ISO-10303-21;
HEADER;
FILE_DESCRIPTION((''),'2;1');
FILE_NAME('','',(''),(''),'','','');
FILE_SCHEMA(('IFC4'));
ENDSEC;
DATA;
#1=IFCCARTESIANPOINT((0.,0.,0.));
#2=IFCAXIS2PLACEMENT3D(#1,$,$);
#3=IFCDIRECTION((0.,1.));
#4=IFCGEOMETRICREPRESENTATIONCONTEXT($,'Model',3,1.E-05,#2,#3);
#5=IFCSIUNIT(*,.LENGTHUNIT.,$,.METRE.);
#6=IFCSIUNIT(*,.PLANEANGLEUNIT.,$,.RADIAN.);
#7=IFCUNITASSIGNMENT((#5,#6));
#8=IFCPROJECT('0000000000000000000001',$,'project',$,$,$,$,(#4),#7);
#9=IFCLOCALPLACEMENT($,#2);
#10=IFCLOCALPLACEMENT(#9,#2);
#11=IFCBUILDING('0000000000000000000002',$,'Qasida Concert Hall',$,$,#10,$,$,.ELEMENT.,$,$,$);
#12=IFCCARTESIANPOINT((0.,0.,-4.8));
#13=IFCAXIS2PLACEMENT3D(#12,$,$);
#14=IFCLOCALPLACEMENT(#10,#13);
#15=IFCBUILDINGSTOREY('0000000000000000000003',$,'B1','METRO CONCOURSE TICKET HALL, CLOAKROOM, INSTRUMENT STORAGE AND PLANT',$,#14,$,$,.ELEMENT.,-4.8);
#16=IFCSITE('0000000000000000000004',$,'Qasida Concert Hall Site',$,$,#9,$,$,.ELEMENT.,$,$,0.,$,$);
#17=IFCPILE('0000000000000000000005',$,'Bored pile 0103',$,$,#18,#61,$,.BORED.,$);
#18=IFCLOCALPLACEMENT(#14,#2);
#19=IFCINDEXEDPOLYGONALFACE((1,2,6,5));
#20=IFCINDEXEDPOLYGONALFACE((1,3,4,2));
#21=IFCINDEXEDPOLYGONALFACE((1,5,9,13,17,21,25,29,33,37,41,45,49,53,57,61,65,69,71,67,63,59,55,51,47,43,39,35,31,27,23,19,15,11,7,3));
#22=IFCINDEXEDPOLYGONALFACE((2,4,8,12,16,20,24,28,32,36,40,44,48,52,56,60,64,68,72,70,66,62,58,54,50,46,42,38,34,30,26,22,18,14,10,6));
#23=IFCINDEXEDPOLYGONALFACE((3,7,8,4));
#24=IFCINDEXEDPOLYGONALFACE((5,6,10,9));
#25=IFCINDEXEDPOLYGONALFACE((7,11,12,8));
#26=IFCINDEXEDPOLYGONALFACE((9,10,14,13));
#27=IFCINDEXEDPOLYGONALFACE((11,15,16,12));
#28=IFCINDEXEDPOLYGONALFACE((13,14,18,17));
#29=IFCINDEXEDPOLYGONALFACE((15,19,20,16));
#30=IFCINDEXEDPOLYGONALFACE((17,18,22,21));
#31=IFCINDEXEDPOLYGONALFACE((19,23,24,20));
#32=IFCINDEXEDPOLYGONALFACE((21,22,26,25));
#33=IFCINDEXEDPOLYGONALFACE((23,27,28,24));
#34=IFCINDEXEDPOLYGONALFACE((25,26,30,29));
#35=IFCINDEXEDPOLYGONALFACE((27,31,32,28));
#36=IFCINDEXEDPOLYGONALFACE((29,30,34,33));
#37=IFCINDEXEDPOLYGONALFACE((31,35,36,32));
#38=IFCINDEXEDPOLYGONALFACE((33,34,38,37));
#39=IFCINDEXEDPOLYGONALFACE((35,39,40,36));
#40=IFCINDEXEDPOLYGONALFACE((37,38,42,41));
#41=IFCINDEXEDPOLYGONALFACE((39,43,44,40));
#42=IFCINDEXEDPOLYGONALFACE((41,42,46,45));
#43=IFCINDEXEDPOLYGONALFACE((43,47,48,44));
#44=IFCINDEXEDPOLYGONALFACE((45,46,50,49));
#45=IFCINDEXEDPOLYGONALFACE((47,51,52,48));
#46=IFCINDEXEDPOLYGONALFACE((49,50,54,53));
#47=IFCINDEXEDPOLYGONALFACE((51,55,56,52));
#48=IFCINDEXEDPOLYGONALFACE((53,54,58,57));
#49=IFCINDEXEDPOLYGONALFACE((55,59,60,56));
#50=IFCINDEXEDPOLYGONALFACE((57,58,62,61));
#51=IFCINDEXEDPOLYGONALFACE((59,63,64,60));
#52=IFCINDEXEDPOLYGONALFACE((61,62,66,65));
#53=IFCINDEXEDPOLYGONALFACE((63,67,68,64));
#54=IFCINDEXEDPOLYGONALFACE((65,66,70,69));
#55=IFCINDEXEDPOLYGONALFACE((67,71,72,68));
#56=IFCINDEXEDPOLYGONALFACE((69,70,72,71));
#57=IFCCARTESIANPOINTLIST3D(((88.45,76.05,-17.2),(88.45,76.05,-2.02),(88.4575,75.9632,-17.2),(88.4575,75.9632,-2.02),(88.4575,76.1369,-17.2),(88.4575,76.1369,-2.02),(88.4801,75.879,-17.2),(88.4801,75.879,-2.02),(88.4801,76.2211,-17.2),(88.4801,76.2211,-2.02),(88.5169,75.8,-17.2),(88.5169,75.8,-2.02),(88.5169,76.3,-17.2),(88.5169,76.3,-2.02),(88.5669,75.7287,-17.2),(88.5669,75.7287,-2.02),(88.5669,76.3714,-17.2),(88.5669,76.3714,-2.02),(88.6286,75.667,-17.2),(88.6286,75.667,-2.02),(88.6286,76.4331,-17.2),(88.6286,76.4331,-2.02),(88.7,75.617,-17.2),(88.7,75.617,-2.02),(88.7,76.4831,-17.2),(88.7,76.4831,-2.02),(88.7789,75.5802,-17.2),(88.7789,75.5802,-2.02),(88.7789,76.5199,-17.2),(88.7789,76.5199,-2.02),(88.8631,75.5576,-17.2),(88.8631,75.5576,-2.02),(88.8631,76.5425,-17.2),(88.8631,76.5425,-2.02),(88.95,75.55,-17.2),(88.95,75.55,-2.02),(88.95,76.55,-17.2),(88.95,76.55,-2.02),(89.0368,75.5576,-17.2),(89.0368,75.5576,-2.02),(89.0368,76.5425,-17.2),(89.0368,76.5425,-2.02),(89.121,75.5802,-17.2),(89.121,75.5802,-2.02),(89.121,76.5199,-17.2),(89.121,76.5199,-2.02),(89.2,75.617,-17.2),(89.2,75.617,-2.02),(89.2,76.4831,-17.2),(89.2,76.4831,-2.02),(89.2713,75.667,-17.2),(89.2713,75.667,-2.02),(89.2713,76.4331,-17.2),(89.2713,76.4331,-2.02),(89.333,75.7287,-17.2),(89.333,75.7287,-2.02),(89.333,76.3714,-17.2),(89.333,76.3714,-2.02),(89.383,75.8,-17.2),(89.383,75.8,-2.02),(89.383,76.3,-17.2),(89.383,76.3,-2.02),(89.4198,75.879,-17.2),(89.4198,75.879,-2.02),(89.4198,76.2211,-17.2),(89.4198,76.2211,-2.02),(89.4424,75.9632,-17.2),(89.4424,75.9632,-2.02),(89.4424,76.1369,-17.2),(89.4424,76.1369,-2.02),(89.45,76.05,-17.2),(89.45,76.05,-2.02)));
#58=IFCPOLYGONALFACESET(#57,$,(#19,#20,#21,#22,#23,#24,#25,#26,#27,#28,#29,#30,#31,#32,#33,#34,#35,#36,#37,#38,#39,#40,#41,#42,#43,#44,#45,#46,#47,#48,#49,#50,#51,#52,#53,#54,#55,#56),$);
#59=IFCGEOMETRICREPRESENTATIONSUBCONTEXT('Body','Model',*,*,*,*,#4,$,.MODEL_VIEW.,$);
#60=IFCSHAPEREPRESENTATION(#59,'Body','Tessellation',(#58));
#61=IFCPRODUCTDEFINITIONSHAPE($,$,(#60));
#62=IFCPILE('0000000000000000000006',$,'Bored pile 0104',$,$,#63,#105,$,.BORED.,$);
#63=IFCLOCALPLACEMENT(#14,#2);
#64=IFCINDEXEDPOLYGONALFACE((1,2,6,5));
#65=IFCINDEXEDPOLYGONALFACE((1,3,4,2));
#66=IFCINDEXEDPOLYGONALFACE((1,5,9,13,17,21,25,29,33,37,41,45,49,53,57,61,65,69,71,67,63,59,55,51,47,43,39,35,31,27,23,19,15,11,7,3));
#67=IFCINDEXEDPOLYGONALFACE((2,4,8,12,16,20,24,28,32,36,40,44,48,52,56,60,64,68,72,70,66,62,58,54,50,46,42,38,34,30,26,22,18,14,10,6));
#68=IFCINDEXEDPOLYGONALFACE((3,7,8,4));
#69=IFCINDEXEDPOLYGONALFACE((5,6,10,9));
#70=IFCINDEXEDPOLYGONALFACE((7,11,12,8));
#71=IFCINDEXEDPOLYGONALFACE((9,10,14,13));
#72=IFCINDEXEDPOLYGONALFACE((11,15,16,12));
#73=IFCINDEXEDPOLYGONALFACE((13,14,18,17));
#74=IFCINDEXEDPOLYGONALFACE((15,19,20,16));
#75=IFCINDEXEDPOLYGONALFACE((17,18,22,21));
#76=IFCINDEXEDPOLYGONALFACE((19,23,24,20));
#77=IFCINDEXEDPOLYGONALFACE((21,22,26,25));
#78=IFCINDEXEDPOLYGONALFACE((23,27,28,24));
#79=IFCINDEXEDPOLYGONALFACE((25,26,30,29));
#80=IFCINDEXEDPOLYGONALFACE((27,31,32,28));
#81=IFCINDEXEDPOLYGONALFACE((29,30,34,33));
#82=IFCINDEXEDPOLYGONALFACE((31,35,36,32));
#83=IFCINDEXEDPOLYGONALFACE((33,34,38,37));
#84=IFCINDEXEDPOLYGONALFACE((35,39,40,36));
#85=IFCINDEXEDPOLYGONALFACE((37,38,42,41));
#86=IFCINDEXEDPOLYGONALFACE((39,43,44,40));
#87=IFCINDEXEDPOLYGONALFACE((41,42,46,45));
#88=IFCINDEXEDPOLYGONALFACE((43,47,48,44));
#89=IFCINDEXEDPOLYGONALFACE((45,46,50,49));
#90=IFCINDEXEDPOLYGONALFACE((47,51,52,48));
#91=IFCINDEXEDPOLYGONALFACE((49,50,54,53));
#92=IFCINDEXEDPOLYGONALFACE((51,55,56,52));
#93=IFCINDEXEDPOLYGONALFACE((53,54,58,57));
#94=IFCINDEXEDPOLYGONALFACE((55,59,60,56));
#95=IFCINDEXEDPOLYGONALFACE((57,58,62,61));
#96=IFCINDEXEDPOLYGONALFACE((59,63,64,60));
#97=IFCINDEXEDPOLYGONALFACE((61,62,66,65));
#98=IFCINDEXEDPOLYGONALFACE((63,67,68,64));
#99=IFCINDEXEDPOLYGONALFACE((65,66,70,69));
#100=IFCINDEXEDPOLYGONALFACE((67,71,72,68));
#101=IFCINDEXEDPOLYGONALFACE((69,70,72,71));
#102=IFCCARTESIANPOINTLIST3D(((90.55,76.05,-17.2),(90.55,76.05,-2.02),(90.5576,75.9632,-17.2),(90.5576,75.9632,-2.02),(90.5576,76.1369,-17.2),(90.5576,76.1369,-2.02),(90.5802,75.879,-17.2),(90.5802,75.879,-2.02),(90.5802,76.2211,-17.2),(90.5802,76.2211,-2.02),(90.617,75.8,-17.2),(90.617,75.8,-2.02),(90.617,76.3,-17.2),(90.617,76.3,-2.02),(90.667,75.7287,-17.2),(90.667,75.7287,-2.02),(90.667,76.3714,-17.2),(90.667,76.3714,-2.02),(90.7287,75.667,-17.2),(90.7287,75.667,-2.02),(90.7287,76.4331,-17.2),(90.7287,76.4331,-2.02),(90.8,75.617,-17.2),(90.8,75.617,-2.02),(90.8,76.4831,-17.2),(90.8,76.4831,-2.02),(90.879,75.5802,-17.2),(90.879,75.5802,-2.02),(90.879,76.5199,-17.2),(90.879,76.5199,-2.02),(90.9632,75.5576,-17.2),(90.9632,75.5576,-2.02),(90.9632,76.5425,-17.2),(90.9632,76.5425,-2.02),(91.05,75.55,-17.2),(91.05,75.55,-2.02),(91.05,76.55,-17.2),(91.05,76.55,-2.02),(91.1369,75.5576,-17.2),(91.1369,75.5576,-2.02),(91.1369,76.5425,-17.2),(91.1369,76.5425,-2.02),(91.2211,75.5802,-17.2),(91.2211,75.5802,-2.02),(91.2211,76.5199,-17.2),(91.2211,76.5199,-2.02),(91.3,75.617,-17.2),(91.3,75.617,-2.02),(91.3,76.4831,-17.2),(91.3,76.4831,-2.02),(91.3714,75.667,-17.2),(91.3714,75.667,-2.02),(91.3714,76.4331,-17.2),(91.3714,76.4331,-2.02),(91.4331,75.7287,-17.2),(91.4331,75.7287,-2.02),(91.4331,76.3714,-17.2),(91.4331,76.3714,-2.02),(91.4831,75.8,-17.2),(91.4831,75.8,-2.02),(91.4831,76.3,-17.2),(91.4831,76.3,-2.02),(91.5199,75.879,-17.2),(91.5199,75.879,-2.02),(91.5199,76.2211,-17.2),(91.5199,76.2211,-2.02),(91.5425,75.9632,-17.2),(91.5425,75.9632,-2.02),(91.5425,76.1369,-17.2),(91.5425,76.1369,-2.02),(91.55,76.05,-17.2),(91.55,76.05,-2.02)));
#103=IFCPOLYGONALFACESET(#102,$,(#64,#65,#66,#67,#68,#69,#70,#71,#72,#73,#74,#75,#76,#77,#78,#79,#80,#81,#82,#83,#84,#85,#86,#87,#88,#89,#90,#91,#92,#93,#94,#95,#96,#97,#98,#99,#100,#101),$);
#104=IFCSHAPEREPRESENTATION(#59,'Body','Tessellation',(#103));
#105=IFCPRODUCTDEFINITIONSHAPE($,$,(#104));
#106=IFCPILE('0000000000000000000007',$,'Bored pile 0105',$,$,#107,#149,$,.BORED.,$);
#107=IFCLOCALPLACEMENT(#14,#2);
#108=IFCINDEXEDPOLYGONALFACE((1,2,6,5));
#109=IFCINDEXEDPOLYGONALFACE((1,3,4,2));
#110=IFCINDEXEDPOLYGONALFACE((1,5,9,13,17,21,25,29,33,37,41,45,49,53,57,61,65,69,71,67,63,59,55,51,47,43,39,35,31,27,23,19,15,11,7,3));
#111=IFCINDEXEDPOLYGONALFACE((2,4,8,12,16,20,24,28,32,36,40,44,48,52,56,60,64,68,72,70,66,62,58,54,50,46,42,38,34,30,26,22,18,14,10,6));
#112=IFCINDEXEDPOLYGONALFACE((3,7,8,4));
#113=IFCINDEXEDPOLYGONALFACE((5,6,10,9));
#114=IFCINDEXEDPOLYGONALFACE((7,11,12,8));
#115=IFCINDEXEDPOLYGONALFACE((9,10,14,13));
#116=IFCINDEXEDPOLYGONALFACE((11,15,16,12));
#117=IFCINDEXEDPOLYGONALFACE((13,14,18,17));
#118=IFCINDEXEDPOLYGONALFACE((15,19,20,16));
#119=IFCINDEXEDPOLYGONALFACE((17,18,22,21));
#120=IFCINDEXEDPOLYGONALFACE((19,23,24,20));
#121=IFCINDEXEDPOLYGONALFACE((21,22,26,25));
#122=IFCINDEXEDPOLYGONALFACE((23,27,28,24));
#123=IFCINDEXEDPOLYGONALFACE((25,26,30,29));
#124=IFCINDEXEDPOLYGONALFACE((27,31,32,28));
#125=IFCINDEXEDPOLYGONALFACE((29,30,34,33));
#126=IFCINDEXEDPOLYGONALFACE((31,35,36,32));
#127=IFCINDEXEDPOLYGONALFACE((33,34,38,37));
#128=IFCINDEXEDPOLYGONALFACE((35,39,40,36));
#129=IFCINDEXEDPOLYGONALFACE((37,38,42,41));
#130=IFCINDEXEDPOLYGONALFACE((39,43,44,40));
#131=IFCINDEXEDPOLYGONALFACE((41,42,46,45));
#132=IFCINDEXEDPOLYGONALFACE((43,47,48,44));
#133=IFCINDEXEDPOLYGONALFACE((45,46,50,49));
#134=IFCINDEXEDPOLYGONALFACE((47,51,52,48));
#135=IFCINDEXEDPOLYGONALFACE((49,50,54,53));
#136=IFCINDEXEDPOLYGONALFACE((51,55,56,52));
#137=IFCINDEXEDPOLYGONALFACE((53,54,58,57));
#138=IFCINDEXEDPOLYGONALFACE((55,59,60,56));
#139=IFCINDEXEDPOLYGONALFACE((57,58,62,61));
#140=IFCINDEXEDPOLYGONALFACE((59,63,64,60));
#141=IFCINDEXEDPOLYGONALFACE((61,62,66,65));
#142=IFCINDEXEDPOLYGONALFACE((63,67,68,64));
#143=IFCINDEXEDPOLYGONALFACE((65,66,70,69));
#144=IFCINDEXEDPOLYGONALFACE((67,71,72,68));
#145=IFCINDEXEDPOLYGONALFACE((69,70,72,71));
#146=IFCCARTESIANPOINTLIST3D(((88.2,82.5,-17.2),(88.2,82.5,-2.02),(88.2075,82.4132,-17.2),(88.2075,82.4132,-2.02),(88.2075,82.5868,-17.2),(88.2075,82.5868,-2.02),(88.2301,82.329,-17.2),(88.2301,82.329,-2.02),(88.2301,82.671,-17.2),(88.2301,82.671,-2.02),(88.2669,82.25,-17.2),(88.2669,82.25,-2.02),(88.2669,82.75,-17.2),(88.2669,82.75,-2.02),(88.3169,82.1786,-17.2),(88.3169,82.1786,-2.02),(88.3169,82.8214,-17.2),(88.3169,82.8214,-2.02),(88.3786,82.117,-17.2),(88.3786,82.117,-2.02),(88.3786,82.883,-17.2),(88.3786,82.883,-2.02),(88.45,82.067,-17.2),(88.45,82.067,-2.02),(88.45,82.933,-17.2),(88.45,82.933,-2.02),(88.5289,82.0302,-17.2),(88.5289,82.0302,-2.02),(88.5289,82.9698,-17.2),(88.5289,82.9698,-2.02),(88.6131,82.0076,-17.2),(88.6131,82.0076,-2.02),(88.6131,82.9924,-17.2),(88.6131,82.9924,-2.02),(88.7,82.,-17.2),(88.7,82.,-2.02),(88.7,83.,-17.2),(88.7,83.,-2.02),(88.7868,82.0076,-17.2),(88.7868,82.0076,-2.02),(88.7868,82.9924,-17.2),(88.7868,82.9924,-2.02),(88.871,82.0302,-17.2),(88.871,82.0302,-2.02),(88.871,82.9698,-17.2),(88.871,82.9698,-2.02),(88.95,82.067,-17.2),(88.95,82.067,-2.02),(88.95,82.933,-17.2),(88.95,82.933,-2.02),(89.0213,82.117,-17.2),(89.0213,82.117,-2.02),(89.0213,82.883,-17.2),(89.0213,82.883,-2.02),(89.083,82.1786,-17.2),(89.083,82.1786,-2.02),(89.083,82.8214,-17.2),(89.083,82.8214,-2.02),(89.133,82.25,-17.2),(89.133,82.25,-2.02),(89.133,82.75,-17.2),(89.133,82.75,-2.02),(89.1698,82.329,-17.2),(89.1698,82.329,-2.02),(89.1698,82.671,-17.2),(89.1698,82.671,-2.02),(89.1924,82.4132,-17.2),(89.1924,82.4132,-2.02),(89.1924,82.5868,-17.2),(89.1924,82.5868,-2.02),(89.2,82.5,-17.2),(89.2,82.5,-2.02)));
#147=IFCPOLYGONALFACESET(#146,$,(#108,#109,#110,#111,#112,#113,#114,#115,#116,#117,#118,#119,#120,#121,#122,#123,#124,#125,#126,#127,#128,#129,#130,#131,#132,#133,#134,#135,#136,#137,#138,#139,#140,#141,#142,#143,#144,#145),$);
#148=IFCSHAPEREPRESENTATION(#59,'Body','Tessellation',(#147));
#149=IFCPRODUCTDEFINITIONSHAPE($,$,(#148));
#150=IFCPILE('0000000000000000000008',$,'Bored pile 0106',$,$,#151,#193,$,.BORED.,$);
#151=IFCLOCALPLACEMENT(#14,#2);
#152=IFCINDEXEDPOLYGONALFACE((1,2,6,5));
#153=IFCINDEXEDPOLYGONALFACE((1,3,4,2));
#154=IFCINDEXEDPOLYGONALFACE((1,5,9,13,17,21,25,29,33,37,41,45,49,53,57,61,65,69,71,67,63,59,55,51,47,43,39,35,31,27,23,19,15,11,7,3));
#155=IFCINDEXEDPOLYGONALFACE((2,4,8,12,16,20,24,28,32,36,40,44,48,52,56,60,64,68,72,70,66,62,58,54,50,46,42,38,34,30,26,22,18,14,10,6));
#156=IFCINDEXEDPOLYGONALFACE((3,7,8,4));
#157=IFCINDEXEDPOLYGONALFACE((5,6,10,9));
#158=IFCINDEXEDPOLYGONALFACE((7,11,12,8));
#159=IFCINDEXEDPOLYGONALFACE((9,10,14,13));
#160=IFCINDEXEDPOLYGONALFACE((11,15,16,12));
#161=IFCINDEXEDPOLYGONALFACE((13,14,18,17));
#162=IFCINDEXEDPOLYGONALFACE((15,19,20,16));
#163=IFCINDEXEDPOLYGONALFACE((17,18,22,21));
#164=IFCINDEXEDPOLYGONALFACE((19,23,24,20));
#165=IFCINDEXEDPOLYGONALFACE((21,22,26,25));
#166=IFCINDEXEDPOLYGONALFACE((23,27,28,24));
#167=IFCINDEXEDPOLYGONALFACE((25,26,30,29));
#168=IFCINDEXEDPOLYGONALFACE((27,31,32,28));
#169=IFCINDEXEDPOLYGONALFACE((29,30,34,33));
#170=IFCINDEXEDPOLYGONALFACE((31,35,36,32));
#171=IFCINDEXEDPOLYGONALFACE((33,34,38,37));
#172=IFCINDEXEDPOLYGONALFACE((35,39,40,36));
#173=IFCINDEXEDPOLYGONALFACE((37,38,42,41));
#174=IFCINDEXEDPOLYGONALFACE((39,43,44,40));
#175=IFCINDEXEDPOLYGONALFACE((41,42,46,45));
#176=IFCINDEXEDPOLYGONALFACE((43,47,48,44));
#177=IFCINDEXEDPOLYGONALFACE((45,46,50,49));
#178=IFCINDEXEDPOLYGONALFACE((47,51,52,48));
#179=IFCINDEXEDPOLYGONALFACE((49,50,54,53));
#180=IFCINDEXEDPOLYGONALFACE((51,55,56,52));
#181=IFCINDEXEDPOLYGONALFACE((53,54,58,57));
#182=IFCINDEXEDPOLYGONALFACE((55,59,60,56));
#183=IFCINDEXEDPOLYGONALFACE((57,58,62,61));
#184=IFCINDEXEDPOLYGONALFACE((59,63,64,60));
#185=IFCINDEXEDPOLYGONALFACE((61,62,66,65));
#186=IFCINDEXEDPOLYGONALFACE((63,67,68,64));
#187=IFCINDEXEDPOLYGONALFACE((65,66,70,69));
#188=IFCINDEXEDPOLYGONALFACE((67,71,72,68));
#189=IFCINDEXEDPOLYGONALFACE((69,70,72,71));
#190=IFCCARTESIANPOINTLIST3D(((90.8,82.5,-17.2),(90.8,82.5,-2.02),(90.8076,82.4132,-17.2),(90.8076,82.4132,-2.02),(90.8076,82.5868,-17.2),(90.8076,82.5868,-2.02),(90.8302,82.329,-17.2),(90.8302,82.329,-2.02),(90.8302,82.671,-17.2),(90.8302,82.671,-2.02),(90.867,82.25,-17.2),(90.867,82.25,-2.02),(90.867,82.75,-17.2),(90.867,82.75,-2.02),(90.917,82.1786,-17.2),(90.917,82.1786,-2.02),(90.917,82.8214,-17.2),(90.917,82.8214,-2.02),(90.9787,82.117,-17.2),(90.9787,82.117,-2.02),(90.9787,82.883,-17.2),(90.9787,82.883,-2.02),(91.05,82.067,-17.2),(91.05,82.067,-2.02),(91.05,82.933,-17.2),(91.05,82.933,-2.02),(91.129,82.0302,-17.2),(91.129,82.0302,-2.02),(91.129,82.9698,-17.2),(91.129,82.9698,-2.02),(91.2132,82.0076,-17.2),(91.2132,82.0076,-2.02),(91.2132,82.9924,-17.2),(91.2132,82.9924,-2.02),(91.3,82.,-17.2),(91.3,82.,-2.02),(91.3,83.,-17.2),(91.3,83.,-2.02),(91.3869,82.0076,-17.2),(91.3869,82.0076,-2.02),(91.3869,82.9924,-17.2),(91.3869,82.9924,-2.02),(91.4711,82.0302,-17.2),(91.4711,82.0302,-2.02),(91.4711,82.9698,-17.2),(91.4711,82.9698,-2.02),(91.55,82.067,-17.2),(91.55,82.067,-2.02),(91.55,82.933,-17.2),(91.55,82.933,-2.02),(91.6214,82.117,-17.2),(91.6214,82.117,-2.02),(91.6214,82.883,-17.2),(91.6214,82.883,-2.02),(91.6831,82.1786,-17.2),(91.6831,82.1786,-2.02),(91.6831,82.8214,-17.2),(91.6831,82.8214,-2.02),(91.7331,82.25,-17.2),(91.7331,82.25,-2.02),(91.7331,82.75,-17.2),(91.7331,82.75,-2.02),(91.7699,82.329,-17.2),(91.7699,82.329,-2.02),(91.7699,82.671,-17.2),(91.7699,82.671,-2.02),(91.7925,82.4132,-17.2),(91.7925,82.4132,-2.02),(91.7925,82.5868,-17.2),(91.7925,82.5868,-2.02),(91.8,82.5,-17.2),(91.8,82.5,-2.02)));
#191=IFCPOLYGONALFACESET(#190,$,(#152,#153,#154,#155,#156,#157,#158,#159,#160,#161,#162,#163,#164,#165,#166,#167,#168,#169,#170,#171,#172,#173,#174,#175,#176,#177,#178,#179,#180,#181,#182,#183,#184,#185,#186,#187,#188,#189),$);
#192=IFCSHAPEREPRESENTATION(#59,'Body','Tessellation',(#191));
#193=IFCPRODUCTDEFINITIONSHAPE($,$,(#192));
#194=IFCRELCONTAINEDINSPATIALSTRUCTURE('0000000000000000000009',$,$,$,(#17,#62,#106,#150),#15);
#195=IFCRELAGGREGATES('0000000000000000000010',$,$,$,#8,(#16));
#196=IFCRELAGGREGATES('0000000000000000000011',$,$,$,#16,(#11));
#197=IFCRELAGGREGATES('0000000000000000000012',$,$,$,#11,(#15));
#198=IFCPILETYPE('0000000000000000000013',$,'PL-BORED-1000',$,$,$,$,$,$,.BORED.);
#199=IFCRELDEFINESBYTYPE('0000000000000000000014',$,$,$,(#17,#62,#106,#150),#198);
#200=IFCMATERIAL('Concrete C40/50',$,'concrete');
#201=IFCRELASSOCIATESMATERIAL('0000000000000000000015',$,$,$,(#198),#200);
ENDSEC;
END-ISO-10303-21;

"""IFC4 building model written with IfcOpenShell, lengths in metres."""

from ifc_helpers import new_model, si_unit, direction, frame, origin, origin_2d, place, context, subcontext, project, spatial, circle, extrude, material, material_profile, profile_set, type_object, element, save


model = new_model("IFC4")

# Units and contexts
model_context = context("Model", 3, precision=1e-05, world=origin(), true_north=direction((0.0, 1.0)))
body_context = subcontext(model_context, "Body", "Model", "MODEL_VIEW")
ifc_project = project(units=[si_unit("LENGTHUNIT", "METRE"), si_unit("PLANEANGLEUNIT", "RADIAN")], contexts=[model_context])

# Site, building, storey
site_placement = place(None, origin())
site = spatial("IfcSite", under=ifc_project, at=site_placement, Name="Qasida Concert Hall Site", CompositionType="ELEMENT", RefElevation=0.0)
building_placement = place(site_placement, origin())
building = spatial("IfcBuilding", under=site, at=building_placement, Name="Qasida Concert Hall", CompositionType="ELEMENT")
storey_placement = place(building_placement, frame((0.0, 0.0, -4.8)))
storey = spatial("IfcBuildingStorey", under=building, at=storey_placement, Name="B1", Description="METRO CONCOURSE TICKET HALL, CLOAKROOM, INSTRUMENT STORAGE AND PLANT", CompositionType="ELEMENT", Elevation=-4.8)

# Shared definitions
ifc_material_1 = material(Name="Concrete C40/50", Category="concrete")

# Piles
ifc_material_profile_1 = material_profile(ifc_material_1, circle(Radius=0.5, at=origin_2d()), Name="BORED PILE D1000")
ifc_profile_set_1 = profile_set([ifc_material_profile_1], Name="Concrete C40/50")
pile_type_1 = type_object("IfcPileType", Name="PL-BORED-1000", PredefinedType="BORED", material=ifc_profile_set_1)
for number, where, z_axis, x_axis, name in (
    (1, (88.95, 76.05, -2.02), (0.0, 0.0, -1.0), (1.0, 0.0, 0.0), "Bored pile 0103"),
    (2, (91.05, 76.05, -2.02), (0.0, 0.0, -1.0), (1.0, 0.0, 0.0), "Bored pile 0104"),
    (3, (88.7, 82.5, -2.02), (0.0, 0.0, -1.0), (1.0, 0.0, 0.0), "Bored pile 0105"),
    (4, (91.3, 82.5, -2.02), (0.0, 0.0, -1.0), (1.0, 0.0, 0.0), "Bored pile 0106"),
):
    element("IfcPile", number, at=place(storey_placement, frame(where, z_axis=z_axis, x_axis=x_axis)), inside=storey, type_object=pile_type_1, Name=name, PredefinedType="BORED", context=body_context, shape_type="SweptSolid", body=[
        extrude(circle(Radius=0.5, at=origin_2d()), origin(), (0.0, 0.0, 1.0), 15.1799),
    ])

save(model, "model.ifc")
